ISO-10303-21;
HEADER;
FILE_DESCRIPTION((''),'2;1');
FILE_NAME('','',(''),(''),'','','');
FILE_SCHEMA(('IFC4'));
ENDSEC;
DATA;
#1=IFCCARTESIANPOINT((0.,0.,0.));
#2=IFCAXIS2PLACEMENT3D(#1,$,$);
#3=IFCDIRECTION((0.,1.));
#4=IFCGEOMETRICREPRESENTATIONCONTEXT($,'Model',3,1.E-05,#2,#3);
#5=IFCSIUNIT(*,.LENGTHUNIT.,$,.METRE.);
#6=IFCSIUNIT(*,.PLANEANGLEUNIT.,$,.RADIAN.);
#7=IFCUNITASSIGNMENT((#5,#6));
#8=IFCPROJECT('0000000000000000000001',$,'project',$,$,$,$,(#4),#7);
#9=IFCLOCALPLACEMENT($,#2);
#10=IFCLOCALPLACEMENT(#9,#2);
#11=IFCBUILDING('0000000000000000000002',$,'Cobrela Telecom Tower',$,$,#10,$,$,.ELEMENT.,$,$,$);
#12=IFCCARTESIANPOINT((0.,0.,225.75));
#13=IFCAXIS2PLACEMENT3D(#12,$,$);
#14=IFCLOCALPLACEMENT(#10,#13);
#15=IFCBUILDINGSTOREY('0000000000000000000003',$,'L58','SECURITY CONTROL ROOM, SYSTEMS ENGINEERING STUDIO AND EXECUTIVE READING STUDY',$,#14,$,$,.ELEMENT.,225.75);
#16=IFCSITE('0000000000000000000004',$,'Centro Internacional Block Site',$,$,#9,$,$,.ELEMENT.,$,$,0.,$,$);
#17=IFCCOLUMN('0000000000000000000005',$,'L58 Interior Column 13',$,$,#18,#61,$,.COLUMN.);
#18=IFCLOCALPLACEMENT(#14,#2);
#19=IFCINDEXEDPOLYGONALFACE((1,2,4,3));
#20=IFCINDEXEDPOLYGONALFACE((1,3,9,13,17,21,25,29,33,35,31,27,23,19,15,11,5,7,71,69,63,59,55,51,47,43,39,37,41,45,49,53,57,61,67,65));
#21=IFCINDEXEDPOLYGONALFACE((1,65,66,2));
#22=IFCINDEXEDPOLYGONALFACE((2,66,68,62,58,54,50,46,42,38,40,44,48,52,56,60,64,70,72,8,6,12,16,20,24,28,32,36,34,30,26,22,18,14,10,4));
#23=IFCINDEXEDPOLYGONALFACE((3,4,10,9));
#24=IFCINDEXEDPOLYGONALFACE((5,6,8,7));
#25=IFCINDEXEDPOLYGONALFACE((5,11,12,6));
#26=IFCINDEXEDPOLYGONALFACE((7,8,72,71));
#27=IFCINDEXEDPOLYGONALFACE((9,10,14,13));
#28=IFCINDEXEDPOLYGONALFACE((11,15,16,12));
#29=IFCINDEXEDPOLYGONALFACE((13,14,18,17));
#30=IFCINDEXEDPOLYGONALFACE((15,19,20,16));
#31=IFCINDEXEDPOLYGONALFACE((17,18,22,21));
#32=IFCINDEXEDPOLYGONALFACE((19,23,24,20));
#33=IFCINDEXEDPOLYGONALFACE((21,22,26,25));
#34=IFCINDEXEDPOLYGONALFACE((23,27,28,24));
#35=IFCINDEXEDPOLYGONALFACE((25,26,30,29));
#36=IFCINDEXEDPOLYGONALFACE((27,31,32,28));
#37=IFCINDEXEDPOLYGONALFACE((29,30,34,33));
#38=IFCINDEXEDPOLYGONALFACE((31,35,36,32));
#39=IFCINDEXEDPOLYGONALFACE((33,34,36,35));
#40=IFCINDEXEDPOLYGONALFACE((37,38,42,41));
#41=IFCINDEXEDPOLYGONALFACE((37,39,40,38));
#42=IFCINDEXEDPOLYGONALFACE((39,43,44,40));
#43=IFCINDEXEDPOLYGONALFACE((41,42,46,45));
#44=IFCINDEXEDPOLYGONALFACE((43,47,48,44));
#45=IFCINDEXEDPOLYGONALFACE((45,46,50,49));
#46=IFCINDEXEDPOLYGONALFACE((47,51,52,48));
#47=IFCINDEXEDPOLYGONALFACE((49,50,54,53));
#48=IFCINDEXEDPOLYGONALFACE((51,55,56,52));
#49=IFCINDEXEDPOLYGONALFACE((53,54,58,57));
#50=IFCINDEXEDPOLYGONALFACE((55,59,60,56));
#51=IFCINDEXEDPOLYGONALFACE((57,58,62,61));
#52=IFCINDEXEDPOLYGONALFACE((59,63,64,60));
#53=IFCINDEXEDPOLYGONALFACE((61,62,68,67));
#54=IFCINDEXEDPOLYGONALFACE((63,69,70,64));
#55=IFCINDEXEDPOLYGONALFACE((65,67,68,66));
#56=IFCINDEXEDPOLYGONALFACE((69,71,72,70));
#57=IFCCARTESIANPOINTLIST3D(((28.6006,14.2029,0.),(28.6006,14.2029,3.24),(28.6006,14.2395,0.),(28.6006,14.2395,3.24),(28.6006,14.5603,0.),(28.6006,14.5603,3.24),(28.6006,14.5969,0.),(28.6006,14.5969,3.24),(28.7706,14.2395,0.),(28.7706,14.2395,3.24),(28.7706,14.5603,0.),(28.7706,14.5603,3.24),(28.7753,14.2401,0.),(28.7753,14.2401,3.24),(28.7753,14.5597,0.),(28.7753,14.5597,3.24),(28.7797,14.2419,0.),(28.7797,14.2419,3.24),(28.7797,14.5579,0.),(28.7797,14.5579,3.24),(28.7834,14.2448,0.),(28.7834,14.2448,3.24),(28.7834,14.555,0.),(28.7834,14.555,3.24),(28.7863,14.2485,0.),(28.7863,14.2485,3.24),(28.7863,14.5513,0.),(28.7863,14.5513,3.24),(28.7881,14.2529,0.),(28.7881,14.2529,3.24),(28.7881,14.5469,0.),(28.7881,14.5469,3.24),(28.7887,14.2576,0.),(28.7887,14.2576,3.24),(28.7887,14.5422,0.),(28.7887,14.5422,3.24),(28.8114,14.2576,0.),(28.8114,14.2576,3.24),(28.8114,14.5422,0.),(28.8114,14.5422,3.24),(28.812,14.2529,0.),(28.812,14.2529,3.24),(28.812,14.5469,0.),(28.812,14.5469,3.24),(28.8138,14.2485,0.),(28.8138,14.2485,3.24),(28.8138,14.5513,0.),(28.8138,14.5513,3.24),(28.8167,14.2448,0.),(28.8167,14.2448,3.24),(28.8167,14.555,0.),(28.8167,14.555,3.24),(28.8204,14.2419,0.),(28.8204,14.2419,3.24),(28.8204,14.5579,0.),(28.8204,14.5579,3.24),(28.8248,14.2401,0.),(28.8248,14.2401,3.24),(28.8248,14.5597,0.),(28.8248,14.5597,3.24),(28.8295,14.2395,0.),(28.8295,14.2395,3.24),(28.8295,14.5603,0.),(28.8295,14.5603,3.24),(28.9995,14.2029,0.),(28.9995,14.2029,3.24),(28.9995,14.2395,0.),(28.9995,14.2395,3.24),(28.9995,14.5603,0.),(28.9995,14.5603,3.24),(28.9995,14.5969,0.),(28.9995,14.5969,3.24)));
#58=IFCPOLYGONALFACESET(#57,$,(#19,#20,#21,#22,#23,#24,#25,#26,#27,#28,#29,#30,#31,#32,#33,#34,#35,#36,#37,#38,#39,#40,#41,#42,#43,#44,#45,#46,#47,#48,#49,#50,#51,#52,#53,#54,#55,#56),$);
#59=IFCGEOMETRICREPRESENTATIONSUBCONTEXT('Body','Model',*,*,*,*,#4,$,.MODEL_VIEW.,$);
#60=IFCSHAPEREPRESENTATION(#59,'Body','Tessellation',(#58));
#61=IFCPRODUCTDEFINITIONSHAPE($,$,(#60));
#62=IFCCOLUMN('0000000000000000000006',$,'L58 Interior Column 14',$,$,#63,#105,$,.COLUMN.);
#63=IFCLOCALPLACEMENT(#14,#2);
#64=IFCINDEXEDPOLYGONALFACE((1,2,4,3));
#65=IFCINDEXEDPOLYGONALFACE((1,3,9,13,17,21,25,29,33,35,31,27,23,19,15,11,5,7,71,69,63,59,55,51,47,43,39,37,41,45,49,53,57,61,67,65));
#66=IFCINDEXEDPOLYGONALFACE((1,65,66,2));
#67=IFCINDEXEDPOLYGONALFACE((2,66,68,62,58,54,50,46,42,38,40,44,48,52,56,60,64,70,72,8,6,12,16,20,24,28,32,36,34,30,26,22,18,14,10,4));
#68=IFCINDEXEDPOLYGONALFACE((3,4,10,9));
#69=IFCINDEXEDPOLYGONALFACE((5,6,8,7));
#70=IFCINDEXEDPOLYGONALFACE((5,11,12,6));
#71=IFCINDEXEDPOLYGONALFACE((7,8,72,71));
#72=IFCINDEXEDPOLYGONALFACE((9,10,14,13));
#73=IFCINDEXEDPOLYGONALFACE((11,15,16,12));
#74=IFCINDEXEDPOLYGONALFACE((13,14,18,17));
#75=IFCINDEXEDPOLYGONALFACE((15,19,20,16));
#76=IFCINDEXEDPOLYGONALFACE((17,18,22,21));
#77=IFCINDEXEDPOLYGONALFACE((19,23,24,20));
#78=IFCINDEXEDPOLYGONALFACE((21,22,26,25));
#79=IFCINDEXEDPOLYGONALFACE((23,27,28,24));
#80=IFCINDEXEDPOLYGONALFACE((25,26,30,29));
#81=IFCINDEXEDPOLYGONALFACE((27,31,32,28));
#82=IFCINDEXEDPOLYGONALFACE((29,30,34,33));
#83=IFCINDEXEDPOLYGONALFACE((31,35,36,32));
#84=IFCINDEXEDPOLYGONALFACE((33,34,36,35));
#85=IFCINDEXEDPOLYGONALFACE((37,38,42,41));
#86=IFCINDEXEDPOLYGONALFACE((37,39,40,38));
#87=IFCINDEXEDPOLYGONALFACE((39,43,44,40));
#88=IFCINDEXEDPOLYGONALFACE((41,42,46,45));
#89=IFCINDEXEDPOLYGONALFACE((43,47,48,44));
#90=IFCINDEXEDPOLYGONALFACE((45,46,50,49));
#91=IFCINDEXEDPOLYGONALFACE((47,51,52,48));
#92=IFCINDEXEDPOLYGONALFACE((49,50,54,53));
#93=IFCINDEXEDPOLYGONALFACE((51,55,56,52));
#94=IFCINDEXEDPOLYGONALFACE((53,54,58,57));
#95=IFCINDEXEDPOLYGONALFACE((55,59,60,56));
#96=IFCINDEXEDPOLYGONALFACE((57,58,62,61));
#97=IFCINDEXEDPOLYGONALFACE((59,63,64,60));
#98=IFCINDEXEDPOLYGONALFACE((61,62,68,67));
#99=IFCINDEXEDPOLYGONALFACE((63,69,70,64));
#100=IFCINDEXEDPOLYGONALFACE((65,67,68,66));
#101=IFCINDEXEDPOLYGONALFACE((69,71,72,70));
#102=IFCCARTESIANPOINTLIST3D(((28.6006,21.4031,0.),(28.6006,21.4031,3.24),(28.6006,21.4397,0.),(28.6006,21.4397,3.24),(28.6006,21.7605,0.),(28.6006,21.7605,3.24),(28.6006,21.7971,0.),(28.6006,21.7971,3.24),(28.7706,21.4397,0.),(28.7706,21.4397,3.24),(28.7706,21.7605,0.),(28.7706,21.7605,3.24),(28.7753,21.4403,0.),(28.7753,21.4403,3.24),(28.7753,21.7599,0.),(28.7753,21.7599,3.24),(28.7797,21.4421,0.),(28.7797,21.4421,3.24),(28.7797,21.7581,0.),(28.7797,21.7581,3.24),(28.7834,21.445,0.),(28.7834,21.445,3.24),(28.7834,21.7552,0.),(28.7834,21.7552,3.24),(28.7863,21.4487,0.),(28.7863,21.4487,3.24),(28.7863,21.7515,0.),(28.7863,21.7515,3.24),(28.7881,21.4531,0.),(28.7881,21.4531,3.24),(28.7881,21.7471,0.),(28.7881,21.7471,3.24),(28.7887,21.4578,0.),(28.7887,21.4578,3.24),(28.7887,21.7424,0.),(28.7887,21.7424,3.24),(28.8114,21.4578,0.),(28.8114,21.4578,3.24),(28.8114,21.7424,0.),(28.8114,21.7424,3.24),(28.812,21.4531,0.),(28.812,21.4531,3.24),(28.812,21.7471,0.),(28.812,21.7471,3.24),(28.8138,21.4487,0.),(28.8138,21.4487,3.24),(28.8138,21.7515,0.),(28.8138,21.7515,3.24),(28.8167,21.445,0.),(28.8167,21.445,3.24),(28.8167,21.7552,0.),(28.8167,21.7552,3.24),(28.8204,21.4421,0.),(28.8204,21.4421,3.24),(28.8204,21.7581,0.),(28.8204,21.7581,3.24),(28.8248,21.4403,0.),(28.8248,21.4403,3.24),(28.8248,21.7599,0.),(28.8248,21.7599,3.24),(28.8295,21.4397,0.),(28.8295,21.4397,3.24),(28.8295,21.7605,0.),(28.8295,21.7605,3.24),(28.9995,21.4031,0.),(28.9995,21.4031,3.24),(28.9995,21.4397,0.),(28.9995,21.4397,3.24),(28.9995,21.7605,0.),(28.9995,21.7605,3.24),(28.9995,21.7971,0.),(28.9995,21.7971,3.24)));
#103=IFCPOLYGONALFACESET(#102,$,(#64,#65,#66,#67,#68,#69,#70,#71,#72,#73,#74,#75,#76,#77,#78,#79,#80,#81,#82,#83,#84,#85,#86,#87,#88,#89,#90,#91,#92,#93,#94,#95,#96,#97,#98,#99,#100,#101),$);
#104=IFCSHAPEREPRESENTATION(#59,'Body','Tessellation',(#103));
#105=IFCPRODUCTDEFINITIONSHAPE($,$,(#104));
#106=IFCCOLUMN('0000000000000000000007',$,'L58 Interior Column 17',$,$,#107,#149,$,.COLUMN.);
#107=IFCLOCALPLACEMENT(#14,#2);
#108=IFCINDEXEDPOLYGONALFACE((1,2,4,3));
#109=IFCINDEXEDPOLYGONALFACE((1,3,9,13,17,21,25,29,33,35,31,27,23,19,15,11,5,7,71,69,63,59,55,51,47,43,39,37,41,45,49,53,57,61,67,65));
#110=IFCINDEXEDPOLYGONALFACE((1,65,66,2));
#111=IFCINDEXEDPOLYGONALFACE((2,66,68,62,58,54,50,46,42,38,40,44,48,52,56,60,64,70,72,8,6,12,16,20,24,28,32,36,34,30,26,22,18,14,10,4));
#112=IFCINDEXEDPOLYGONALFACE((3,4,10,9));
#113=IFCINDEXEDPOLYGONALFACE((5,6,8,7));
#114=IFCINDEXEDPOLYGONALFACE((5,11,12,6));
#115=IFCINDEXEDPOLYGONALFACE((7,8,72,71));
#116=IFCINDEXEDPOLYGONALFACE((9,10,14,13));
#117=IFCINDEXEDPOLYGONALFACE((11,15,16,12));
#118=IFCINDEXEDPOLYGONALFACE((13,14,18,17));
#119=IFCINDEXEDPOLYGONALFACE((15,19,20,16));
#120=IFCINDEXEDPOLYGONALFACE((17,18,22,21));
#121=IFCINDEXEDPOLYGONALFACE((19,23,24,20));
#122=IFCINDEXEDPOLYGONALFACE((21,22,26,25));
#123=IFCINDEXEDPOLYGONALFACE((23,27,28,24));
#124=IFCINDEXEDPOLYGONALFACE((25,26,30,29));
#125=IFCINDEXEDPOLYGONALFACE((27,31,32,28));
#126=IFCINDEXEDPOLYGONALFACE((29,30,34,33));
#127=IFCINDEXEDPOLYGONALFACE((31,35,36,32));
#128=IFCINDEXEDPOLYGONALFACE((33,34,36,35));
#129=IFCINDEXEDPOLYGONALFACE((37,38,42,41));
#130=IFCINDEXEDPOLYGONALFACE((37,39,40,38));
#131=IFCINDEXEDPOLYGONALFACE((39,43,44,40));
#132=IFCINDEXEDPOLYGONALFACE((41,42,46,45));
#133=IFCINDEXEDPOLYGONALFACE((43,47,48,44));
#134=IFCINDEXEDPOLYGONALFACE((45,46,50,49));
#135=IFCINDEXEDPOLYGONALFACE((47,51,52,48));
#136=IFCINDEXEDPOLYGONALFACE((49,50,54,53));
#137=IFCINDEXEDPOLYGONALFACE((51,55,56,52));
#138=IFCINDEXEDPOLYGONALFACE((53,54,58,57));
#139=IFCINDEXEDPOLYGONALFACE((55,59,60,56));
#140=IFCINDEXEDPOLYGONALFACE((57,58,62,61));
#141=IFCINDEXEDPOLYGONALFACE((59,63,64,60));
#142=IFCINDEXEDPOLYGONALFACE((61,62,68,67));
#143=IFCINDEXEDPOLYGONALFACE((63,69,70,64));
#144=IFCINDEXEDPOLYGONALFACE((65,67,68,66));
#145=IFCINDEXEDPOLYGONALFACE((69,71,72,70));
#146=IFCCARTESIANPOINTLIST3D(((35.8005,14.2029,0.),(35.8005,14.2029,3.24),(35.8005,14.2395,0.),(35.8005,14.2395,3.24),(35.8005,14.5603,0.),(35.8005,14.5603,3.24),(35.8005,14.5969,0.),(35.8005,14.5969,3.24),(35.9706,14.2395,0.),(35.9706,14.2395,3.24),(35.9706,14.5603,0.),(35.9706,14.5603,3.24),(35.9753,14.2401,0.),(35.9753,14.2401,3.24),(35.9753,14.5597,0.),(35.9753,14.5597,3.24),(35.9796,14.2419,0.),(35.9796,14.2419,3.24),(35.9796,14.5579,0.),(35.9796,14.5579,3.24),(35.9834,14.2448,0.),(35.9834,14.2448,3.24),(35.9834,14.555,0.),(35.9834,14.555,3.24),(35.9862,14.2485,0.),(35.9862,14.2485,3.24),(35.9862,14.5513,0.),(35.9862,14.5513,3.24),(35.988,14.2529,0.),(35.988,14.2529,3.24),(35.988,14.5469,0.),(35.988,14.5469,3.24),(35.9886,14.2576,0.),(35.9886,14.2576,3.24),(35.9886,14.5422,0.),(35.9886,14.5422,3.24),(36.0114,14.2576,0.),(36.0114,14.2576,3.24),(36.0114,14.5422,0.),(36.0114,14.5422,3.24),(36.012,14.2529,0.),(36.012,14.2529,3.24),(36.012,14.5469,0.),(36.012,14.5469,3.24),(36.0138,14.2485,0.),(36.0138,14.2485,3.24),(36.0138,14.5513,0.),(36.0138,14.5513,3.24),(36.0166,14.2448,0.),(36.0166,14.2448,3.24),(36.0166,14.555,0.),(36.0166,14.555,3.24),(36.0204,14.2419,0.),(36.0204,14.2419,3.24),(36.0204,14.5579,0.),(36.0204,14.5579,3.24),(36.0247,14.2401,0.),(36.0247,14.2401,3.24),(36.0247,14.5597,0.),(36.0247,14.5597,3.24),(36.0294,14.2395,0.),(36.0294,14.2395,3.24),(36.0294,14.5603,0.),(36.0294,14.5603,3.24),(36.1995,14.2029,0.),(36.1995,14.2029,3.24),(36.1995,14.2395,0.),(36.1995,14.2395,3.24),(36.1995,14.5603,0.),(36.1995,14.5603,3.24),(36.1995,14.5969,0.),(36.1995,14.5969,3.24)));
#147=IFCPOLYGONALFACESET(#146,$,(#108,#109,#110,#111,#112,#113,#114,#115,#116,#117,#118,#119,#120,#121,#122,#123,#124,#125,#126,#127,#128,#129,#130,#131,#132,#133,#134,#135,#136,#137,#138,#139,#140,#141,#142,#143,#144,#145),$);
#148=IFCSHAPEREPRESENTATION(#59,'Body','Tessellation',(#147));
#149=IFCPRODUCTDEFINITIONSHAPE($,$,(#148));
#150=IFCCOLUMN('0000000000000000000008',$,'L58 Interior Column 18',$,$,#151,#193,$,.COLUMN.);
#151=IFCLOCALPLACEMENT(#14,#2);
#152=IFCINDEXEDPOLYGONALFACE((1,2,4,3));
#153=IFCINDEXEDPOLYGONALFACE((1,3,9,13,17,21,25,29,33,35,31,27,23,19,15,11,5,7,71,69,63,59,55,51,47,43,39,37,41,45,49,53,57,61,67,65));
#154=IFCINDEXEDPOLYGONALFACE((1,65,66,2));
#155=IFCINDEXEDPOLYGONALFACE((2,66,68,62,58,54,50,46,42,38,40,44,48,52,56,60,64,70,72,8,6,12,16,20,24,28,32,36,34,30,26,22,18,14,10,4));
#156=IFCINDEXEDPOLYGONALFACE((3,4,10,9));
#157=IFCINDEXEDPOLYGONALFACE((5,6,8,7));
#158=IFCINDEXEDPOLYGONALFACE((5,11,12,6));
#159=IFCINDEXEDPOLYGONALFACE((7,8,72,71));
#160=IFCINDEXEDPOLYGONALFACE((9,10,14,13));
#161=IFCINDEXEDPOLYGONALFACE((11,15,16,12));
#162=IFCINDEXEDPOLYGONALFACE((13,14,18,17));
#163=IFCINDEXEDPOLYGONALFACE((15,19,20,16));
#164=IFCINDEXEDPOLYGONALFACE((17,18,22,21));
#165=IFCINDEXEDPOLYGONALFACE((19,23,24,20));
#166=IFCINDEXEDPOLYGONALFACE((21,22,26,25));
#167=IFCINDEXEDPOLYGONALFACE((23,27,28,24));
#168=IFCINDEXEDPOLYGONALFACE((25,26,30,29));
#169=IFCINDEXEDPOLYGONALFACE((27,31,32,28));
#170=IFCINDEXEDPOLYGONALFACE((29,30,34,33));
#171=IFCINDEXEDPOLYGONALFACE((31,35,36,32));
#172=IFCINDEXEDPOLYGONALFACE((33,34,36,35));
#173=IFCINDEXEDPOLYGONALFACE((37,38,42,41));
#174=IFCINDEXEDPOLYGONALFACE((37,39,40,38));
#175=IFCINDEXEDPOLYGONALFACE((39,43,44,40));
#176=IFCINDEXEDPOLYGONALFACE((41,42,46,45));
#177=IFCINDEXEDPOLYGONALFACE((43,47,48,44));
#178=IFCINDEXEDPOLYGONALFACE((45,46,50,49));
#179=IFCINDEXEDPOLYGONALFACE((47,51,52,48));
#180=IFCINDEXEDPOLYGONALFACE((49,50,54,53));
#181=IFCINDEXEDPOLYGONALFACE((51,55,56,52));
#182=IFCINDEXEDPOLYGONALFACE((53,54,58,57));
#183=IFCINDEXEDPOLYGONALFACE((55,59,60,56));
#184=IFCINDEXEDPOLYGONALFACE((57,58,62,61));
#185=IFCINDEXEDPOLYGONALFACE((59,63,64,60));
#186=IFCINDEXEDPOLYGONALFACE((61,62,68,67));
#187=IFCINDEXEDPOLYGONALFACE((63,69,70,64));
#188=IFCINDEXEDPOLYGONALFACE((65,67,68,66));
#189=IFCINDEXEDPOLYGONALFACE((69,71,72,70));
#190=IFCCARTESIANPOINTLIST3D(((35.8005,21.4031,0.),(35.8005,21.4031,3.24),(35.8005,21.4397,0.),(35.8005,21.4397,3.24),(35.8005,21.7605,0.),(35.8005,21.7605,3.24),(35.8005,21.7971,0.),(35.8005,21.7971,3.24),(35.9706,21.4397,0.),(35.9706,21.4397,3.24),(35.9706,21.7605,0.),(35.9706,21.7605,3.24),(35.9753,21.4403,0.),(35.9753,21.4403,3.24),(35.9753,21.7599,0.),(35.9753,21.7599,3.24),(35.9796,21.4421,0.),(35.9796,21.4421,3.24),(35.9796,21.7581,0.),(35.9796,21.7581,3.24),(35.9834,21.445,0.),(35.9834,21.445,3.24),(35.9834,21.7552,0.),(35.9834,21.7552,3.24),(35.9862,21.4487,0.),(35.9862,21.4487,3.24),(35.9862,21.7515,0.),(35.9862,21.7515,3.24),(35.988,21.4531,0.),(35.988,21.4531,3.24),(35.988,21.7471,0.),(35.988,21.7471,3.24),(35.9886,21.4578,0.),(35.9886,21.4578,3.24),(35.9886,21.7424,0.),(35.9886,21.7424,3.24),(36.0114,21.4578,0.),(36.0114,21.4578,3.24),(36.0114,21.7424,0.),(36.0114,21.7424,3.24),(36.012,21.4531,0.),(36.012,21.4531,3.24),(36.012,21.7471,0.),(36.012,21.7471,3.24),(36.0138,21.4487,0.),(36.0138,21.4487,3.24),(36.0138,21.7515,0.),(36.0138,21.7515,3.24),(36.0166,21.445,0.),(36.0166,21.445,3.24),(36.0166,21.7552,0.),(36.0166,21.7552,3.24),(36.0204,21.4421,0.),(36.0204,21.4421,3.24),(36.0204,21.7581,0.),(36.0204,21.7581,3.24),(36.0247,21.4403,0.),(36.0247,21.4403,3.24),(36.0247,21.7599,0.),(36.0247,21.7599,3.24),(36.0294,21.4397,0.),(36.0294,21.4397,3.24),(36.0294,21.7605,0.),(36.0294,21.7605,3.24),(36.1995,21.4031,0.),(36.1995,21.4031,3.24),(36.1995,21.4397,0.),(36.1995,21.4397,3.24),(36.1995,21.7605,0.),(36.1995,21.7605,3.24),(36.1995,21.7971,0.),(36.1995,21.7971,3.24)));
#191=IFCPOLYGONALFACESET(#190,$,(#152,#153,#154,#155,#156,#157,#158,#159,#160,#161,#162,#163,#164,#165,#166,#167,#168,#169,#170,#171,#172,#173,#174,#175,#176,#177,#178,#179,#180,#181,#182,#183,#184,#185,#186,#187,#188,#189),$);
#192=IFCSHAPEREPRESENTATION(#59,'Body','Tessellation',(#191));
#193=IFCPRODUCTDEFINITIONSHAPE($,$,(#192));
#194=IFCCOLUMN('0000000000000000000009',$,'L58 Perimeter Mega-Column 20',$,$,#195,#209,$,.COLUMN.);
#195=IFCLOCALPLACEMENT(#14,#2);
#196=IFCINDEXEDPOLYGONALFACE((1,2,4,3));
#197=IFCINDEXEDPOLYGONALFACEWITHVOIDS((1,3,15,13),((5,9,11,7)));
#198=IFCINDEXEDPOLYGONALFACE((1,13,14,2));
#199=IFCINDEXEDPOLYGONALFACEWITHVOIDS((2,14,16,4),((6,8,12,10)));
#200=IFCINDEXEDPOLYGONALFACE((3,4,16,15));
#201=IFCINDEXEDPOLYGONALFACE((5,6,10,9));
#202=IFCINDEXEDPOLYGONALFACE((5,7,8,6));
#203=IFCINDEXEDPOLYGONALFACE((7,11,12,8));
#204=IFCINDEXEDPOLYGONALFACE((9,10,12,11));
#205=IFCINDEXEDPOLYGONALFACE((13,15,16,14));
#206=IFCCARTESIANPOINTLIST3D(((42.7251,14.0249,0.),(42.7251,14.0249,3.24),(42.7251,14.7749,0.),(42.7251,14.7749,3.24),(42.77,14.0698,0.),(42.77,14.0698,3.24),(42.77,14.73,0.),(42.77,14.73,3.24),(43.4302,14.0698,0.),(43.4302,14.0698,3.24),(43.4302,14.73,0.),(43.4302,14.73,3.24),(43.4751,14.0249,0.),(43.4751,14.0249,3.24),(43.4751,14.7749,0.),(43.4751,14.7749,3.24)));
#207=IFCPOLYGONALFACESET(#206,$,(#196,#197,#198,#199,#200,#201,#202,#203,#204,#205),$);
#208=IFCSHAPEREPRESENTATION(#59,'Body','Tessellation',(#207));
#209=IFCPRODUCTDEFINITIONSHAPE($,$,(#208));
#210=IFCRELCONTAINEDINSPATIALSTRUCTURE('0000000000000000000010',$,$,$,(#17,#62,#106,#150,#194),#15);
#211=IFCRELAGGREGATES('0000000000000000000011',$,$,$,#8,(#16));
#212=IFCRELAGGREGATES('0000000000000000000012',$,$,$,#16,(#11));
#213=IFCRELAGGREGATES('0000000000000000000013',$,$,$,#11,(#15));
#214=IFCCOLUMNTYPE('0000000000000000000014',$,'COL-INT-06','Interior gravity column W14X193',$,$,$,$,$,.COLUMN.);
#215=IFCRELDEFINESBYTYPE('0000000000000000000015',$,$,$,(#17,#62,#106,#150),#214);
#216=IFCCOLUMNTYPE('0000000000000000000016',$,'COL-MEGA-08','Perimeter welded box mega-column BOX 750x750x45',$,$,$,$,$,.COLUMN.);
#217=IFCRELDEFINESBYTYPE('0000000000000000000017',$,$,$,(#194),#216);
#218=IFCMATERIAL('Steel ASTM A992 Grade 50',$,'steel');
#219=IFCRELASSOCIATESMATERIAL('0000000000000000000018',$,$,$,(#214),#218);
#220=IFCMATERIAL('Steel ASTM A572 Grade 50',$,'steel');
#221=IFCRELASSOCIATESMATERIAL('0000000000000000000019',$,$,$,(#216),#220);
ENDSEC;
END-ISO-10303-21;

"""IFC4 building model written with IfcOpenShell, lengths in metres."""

from ifc_helpers import new_model, si_unit, direction, frame, origin, origin_2d, place, context, subcontext, project, spatial, hollow_rectangle, i_section, extrude, material, material_profile, profile_set, type_object, element, save


model = new_model("IFC4")

# Units and contexts
model_context = context("Model", 3, precision=1e-05, world=origin(), true_north=direction((0.0, 1.0)))
body_context = subcontext(model_context, "Body", "Model", "MODEL_VIEW")
ifc_project = project(units=[si_unit("LENGTHUNIT", "METRE"), si_unit("PLANEANGLEUNIT", "RADIAN")], contexts=[model_context])

# Site, building, storey
site_placement = place(None, origin())
site = spatial("IfcSite", under=ifc_project, at=site_placement, Name="Centro Internacional Block Site", CompositionType="ELEMENT", RefElevation=0.0)
building_placement = place(site_placement, origin())
building = spatial("IfcBuilding", under=site, at=building_placement, Name="Cobrela Telecom Tower", CompositionType="ELEMENT")
storey_placement = place(building_placement, frame((0.0, 0.0, 225.75)))
storey = spatial("IfcBuildingStorey", under=building, at=storey_placement, Name="L58", Description="SECURITY CONTROL ROOM, SYSTEMS ENGINEERING STUDIO AND EXECUTIVE READING STUDY", CompositionType="ELEMENT", Elevation=225.75)

# Columns
ifc_material_1 = material(Name="Steel ASTM A992 Grade 50", Category="steel")
ifc_material_profile_1 = material_profile(ifc_material_1, i_section(OverallWidth=0.3989, OverallDepth=0.394, WebThickness=0.0227, FlangeThickness=0.0366, FilletRadius=0.0181, at=origin_2d()), Name="W14X193")
ifc_profile_set_1 = profile_set([ifc_material_profile_1], Name="Steel ASTM A992 Grade 50")
column_type_1 = type_object("IfcColumnType", Name="COL-INT-06", Description="Interior gravity column W14X193", PredefinedType="COLUMN", material=ifc_profile_set_1)
for number, where, z_axis, x_axis, name in (
    (1, (28.8, 14.3999, 0.0), (0.0, 0.0, 1.0), (1.0, 0.0, 0.0), "L58 Interior Column 13"),
    (2, (28.8, 21.6001, 0.0), (0.0, 0.0, 1.0), (1.0, 0.0, 0.0), "L58 Interior Column 14"),
    (3, (36.0, 14.3999, 0.0), (0.0, 0.0, 1.0), (1.0, 0.0, 0.0), "L58 Interior Column 17"),
    (4, (36.0, 21.6001, 0.0), (0.0, 0.0, 1.0), (1.0, 0.0, 0.0), "L58 Interior Column 18"),
):
    element("IfcColumn", number, at=place(storey_placement, frame(where, z_axis=z_axis, x_axis=x_axis)), inside=storey, type_object=column_type_1, Name=name, PredefinedType="COLUMN", context=body_context, shape_type="SweptSolid", body=[
        extrude(i_section(OverallWidth=0.3989, OverallDepth=0.394, WebThickness=0.0227, FlangeThickness=0.0366, FilletRadius=0.0181, at=origin_2d()), origin(), (0.0, 0.0, 1.0), 3.24),
    ])
ifc_material_2 = material(Name="Steel ASTM A572 Grade 50", Category="steel")
ifc_material_profile_2 = material_profile(ifc_material_2, hollow_rectangle(XDim=0.75, YDim=0.75, WallThickness=0.0449, at=origin_2d()), Name="BOX 750x750x45")
ifc_profile_set_2 = profile_set([ifc_material_profile_2], Name="Steel ASTM A572 Grade 50")
column_type_2 = type_object("IfcColumnType", Name="COL-MEGA-08", Description="Perimeter welded box mega-column BOX 750x750x45", PredefinedType="COLUMN", material=ifc_profile_set_2)
for number, where, z_axis, x_axis, name in (
    (5, (43.1001, 14.3999, 0.0), (0.0, 0.0, 1.0), (1.0, 0.0, 0.0), "L58 Perimeter Mega-Column 20"),
):
    element("IfcColumn", number, at=place(storey_placement, frame(where, z_axis=z_axis, x_axis=x_axis)), inside=storey, type_object=column_type_2, Name=name, PredefinedType="COLUMN", context=body_context, shape_type="SweptSolid", body=[
        extrude(hollow_rectangle(XDim=0.75, YDim=0.75, WallThickness=0.0449, at=origin_2d()), origin(), (0.0, 0.0, 1.0), 3.24),
    ])

save(model, "model.ifc")
